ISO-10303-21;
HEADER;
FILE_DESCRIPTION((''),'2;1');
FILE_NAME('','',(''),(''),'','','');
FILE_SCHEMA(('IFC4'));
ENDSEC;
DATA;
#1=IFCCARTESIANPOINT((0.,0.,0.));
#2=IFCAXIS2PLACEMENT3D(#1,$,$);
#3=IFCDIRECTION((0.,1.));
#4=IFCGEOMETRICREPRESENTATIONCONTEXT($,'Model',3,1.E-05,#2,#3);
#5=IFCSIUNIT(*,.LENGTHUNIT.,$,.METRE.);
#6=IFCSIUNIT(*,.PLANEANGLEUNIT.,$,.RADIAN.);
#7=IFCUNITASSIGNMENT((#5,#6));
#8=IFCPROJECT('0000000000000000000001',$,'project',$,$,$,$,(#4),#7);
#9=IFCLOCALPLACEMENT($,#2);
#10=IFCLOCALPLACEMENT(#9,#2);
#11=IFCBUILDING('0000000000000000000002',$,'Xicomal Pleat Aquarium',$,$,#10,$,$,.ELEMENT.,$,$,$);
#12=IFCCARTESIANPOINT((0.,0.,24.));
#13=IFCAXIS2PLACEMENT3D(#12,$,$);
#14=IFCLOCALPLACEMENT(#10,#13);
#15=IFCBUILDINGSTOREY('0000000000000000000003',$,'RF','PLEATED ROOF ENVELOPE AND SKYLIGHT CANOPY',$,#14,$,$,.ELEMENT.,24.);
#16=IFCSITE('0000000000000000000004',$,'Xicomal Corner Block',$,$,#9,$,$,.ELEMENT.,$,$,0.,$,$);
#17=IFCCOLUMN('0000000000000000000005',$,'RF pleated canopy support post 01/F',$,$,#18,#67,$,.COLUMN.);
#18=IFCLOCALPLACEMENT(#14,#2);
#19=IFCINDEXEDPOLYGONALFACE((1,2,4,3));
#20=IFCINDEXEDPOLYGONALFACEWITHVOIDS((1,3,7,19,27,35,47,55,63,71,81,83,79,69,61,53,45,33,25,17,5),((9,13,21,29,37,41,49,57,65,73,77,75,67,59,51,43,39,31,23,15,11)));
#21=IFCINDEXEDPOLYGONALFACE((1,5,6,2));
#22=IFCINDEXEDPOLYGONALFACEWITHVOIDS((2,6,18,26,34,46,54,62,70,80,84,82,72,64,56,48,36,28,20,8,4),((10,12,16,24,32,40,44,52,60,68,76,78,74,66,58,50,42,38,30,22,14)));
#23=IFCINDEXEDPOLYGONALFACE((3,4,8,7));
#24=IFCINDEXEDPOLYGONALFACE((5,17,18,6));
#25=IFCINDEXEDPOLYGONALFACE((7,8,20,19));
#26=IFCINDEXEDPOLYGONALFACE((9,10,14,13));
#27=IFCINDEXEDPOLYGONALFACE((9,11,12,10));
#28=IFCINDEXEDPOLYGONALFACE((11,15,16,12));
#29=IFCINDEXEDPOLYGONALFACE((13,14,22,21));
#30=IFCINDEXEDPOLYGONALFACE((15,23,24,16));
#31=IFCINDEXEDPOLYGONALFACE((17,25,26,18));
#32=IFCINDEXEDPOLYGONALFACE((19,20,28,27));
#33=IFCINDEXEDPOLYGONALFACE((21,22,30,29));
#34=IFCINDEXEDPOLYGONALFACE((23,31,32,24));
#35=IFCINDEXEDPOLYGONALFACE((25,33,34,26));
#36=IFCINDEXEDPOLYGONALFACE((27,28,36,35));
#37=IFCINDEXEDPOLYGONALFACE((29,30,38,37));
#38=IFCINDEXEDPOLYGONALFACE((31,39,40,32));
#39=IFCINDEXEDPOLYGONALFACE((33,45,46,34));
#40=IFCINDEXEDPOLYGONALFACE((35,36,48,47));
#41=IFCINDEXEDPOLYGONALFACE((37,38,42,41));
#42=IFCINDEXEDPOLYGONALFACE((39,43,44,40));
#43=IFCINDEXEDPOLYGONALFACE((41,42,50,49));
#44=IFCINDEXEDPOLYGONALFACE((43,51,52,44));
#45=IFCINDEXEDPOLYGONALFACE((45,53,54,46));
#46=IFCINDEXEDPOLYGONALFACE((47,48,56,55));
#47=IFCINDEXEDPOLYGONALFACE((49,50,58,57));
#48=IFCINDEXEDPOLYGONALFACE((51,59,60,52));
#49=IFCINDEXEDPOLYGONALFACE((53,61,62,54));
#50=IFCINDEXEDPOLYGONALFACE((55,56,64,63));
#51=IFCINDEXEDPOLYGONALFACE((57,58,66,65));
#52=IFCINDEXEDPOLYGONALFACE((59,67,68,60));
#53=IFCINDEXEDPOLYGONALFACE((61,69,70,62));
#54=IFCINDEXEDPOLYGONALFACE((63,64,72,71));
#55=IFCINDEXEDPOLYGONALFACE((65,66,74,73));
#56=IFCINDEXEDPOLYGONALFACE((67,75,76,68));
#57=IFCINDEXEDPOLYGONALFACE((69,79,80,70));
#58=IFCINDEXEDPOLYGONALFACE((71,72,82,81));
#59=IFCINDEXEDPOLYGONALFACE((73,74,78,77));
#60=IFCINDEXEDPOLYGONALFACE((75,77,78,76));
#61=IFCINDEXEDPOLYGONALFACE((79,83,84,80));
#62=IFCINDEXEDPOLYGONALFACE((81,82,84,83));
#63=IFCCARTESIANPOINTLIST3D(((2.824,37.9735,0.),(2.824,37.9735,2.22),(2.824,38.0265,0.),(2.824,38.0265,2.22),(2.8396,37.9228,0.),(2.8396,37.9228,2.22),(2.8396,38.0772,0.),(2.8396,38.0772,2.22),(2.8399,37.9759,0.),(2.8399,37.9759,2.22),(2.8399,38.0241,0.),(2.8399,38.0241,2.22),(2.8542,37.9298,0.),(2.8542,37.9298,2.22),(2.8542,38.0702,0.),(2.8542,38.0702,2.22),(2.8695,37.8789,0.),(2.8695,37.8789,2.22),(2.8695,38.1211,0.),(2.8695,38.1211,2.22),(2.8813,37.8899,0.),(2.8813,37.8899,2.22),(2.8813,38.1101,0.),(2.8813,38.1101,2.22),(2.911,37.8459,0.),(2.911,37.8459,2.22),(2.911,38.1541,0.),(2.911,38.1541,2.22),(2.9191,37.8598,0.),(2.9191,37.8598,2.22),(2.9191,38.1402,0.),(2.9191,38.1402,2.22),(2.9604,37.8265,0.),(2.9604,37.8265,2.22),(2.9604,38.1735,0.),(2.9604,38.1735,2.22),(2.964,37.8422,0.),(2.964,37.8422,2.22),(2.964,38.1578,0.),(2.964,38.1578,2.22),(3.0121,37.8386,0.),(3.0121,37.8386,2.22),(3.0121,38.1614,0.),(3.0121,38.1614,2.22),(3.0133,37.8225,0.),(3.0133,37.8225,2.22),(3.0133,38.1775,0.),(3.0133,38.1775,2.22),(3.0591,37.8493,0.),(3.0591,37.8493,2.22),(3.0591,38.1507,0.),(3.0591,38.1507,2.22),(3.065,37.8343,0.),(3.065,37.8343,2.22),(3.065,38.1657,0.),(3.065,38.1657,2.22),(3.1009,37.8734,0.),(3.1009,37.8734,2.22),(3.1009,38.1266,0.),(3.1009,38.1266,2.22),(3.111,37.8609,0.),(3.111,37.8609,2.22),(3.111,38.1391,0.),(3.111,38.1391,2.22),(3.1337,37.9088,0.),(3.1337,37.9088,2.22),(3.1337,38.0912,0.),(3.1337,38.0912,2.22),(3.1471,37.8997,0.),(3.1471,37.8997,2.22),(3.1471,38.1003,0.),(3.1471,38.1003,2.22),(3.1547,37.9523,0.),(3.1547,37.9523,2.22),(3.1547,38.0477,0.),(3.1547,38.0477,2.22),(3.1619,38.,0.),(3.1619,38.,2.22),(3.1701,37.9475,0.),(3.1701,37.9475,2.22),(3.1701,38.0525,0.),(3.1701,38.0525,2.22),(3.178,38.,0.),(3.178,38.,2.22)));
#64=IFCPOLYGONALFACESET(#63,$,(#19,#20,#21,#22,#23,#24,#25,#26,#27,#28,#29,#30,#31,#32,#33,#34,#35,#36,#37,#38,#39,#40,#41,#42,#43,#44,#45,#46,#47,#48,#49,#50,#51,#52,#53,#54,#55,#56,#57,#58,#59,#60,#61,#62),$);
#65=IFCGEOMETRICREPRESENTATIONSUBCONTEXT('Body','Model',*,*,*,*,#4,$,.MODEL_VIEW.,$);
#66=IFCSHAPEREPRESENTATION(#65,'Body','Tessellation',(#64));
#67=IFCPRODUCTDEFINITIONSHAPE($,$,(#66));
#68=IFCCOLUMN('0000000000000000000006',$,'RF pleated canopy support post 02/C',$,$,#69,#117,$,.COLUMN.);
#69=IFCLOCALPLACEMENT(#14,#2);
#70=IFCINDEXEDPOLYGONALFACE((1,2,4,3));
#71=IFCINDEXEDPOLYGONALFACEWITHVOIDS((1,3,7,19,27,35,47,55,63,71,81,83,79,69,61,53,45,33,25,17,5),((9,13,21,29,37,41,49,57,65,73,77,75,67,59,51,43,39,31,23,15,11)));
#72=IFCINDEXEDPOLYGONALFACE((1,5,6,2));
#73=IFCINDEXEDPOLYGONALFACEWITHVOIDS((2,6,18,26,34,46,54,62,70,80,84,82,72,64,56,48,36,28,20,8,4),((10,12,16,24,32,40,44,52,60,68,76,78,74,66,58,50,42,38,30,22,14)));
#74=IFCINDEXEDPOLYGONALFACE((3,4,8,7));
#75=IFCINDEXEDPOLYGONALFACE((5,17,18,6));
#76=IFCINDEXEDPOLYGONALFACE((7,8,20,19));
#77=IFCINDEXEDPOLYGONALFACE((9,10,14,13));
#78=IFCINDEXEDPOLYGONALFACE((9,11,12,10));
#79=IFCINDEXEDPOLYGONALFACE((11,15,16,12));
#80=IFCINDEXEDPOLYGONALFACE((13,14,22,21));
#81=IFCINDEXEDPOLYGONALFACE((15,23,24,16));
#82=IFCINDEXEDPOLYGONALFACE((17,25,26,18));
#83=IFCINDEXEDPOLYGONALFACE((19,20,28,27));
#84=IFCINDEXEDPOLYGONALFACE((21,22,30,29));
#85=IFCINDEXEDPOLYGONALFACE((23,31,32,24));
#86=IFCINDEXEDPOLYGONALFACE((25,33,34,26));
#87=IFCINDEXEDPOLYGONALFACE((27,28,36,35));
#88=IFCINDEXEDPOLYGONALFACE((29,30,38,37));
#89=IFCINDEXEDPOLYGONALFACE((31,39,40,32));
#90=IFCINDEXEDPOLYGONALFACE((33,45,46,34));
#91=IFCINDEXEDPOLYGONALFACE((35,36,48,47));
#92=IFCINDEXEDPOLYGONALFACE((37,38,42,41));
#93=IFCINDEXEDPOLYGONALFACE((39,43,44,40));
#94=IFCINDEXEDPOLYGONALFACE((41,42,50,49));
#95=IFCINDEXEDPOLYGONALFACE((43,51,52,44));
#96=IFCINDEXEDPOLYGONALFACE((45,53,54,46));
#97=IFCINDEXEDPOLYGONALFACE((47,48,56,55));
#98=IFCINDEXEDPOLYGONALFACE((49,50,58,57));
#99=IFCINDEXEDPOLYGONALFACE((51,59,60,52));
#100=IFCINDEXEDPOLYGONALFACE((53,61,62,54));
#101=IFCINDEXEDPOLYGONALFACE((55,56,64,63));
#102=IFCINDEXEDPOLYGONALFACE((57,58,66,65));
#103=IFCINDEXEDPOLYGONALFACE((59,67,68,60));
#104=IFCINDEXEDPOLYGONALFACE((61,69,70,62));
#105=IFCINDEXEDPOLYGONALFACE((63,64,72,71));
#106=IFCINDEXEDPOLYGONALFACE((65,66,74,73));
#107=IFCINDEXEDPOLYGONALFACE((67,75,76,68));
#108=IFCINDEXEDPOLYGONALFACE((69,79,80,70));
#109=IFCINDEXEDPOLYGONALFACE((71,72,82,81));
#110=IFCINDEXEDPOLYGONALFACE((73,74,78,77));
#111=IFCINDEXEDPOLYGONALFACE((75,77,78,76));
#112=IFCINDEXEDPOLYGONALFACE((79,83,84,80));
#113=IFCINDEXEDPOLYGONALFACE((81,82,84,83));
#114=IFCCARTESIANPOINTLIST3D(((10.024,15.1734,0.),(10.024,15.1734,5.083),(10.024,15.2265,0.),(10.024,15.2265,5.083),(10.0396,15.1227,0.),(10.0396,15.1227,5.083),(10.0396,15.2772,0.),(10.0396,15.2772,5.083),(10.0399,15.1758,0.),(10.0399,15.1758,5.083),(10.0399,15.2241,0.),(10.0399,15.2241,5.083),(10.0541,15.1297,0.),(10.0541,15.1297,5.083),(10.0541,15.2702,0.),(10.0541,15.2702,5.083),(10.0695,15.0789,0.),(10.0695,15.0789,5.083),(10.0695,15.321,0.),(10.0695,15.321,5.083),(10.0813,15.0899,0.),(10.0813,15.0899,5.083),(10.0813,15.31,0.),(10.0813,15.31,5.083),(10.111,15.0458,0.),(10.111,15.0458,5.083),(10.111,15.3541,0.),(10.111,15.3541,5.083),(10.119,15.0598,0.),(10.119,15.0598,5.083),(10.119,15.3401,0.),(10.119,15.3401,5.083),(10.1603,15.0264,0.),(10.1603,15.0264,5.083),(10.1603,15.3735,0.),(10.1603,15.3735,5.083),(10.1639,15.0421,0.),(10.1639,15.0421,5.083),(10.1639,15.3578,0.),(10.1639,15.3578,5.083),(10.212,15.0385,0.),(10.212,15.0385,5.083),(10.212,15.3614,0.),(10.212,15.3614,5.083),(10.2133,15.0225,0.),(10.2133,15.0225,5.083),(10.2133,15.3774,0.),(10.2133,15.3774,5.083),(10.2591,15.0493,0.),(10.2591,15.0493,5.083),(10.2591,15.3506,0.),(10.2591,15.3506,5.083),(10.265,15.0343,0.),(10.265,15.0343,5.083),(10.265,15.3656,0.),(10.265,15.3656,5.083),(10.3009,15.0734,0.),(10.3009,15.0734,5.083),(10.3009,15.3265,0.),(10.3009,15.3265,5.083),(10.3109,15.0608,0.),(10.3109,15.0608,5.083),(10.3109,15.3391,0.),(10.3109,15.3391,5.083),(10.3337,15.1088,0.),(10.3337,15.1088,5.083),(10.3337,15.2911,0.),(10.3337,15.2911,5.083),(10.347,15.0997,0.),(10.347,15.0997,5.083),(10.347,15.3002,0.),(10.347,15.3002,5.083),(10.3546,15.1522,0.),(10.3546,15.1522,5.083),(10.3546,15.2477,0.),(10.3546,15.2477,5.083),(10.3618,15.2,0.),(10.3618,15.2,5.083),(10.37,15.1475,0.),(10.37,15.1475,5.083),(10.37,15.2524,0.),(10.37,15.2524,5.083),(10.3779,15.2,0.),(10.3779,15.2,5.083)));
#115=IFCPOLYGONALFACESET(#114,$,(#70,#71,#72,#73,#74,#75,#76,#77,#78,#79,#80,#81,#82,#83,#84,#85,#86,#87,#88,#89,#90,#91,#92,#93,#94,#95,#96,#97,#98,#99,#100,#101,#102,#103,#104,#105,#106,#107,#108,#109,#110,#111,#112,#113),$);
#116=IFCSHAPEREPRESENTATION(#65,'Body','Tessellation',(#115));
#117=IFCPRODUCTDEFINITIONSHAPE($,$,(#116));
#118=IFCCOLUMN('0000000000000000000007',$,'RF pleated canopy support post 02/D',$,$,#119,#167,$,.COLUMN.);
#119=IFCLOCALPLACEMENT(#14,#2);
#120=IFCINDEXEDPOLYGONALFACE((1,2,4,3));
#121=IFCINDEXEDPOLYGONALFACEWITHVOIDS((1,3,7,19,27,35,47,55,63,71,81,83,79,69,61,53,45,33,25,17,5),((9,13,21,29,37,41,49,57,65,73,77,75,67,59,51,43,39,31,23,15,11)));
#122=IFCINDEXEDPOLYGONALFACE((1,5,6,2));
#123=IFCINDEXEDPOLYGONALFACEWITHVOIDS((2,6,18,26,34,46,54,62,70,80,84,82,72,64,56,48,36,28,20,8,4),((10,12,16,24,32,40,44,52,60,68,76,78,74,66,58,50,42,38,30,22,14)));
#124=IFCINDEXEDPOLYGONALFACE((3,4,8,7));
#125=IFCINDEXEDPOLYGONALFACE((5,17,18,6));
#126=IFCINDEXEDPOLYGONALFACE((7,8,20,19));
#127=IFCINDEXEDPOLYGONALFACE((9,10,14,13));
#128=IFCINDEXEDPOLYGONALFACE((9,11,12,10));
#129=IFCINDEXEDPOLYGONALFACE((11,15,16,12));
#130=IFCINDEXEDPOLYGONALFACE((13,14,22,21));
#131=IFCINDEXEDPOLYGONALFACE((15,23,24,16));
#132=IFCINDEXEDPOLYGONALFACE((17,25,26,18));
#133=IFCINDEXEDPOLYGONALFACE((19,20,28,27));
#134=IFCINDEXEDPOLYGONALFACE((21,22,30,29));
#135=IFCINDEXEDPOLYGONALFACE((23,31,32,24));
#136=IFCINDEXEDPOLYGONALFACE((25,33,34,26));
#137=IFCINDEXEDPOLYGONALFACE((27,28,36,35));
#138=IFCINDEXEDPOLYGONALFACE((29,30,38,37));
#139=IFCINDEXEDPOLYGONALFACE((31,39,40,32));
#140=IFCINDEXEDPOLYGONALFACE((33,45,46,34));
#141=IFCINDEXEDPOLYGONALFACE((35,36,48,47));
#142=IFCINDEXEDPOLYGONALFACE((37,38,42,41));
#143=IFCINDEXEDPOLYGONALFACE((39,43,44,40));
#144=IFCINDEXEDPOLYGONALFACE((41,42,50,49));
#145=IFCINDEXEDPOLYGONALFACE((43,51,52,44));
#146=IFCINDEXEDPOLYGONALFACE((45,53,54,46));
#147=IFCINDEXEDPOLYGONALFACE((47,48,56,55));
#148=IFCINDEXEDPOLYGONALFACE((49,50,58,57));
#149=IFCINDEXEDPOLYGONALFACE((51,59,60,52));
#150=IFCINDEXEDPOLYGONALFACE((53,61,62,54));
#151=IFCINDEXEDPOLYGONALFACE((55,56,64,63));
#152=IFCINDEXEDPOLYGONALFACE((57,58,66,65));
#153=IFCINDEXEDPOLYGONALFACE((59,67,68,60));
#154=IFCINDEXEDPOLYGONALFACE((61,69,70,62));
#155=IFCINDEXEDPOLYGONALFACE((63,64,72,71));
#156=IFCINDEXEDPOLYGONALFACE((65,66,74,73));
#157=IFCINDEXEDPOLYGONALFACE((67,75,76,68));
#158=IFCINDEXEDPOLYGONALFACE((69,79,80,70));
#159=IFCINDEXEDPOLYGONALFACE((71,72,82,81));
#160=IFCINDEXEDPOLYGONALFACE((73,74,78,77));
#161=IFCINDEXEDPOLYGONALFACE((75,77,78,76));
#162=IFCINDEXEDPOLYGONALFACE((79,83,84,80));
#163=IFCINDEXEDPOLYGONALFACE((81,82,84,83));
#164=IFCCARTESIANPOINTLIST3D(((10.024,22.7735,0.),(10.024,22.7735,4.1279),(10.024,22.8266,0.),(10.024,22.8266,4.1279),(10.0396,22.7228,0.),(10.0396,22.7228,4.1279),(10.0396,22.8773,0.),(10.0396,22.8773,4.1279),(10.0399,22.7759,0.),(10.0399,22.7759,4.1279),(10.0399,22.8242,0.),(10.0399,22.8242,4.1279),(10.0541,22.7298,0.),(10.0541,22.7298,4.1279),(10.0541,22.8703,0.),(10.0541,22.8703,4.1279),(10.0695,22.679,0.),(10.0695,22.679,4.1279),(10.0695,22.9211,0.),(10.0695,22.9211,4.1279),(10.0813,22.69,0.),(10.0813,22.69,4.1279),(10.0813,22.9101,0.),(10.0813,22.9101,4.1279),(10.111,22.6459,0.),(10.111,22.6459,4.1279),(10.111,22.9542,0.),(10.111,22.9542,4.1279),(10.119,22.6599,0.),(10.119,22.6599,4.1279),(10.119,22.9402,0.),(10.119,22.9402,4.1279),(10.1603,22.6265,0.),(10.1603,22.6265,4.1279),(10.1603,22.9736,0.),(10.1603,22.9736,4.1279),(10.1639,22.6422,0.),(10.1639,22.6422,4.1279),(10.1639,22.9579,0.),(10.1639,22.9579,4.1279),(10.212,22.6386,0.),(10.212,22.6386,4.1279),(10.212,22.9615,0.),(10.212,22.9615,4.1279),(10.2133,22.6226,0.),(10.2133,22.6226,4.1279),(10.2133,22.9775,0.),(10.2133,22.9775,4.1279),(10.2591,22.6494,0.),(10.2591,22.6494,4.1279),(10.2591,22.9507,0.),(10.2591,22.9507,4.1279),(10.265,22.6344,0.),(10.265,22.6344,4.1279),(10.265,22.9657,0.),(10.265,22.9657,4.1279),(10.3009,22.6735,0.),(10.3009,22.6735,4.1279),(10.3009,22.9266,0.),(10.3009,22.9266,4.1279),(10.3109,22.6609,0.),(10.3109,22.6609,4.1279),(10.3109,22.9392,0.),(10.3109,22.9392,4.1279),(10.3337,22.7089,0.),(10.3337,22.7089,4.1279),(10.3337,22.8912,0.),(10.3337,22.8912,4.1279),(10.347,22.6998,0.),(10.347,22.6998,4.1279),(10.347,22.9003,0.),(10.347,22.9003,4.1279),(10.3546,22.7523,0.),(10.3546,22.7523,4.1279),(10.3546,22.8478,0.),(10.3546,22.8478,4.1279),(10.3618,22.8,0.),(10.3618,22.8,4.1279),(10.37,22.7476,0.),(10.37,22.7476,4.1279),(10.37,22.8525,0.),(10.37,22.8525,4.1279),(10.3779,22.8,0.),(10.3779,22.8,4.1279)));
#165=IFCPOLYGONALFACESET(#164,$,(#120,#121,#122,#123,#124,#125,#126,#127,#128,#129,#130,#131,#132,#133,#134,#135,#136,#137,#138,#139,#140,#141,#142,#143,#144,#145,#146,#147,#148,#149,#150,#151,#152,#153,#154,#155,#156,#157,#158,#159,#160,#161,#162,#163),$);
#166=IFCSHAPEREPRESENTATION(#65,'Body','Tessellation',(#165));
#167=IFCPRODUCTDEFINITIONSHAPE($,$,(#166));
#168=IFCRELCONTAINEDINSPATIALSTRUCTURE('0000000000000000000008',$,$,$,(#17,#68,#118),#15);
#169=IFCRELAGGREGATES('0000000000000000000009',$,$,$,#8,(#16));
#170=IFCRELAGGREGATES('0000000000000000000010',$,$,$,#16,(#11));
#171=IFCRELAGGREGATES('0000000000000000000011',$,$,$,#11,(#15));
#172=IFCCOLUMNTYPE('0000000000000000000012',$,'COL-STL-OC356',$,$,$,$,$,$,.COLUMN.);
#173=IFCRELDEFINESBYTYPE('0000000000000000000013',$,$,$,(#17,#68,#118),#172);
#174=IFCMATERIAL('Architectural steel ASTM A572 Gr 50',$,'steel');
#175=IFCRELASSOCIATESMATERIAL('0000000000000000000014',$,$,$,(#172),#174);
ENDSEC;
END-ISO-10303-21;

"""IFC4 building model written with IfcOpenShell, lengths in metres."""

from ifc_helpers import new_model, si_unit, direction, frame, origin, origin_2d, place, context, subcontext, project, spatial, hollow_circle, extrude, material, material_profile, profile_set, type_object, element, save


model = new_model("IFC4")

# Units and contexts
model_context = context("Model", 3, precision=1e-05, world=origin(), true_north=direction((0.0, 1.0)))
body_context = subcontext(model_context, "Body", "Model", "MODEL_VIEW")
ifc_project = project(units=[si_unit("LENGTHUNIT", "METRE"), si_unit("PLANEANGLEUNIT", "RADIAN")], contexts=[model_context])

# Site, building, storey
site_placement = place(None, origin())
site = spatial("IfcSite", under=ifc_project, at=site_placement, Name="Xicomal Corner Block", CompositionType="ELEMENT", RefElevation=0.0)
building_placement = place(site_placement, origin())
building = spatial("IfcBuilding", under=site, at=building_placement, Name="Xicomal Pleat Aquarium", CompositionType="ELEMENT")
storey_placement = place(building_placement, frame((0.0, 0.0, 24.0)))
storey = spatial("IfcBuildingStorey", under=building, at=storey_placement, Name="RF", Description="PLEATED ROOF ENVELOPE AND SKYLIGHT CANOPY", CompositionType="ELEMENT", Elevation=24.0)

# Columns
ifc_material_1 = material(Name="Architectural steel ASTM A572 Gr 50", Category="steel")
ifc_material_profile_1 = material_profile(ifc_material_1, hollow_circle(Radius=0.178, WallThickness=0.0161, at=origin_2d()), Name="OC 356x16")
ifc_profile_set_1 = profile_set([ifc_material_profile_1], Name="Architectural steel ASTM A572 Gr 50")
column_type = type_object("IfcColumnType", Name="COL-STL-OC356", PredefinedType="COLUMN", material=ifc_profile_set_1)
column_1_placement = place(storey_placement, frame((3.0, 38.0, 0.0), z_axis=(0.0, 0.0, 1.0), x_axis=(1.0, 0.0, 0.0)))
element("IfcColumn", 1, at=column_1_placement, inside=storey, type_object=column_type, Name="RF pleated canopy support post 01/F", PredefinedType="COLUMN", context=body_context, shape_type="SweptSolid", body=[
    extrude(hollow_circle(Radius=0.178, WallThickness=0.0161, at=origin_2d()), origin(), (0.0, 0.0, 1.0), 2.22),
])
column_2_placement = place(storey_placement, frame((10.2, 15.2, 0.0), z_axis=(0.0, 0.0, 1.0), x_axis=(1.0, 0.0, 0.0)))
element("IfcColumn", 2, at=column_2_placement, inside=storey, type_object=column_type, Name="RF pleated canopy support post 02/C", PredefinedType="COLUMN", context=body_context, shape_type="SweptSolid", body=[
    extrude(hollow_circle(Radius=0.178, WallThickness=0.0161, at=origin_2d()), origin(), (0.0, 0.0, 1.0), 5.083),
])
column_3_placement = place(storey_placement, frame((10.2, 22.8, 0.0), z_axis=(0.0, 0.0, 1.0), x_axis=(1.0, 0.0, 0.0)))
element("IfcColumn", 3, at=column_3_placement, inside=storey, type_object=column_type, Name="RF pleated canopy support post 02/D", PredefinedType="COLUMN", context=body_context, shape_type="SweptSolid", body=[
    extrude(hollow_circle(Radius=0.178, WallThickness=0.0161, at=origin_2d()), origin(), (0.0, 0.0, 1.0), 4.1279),
])

save(model, "model.ifc")
